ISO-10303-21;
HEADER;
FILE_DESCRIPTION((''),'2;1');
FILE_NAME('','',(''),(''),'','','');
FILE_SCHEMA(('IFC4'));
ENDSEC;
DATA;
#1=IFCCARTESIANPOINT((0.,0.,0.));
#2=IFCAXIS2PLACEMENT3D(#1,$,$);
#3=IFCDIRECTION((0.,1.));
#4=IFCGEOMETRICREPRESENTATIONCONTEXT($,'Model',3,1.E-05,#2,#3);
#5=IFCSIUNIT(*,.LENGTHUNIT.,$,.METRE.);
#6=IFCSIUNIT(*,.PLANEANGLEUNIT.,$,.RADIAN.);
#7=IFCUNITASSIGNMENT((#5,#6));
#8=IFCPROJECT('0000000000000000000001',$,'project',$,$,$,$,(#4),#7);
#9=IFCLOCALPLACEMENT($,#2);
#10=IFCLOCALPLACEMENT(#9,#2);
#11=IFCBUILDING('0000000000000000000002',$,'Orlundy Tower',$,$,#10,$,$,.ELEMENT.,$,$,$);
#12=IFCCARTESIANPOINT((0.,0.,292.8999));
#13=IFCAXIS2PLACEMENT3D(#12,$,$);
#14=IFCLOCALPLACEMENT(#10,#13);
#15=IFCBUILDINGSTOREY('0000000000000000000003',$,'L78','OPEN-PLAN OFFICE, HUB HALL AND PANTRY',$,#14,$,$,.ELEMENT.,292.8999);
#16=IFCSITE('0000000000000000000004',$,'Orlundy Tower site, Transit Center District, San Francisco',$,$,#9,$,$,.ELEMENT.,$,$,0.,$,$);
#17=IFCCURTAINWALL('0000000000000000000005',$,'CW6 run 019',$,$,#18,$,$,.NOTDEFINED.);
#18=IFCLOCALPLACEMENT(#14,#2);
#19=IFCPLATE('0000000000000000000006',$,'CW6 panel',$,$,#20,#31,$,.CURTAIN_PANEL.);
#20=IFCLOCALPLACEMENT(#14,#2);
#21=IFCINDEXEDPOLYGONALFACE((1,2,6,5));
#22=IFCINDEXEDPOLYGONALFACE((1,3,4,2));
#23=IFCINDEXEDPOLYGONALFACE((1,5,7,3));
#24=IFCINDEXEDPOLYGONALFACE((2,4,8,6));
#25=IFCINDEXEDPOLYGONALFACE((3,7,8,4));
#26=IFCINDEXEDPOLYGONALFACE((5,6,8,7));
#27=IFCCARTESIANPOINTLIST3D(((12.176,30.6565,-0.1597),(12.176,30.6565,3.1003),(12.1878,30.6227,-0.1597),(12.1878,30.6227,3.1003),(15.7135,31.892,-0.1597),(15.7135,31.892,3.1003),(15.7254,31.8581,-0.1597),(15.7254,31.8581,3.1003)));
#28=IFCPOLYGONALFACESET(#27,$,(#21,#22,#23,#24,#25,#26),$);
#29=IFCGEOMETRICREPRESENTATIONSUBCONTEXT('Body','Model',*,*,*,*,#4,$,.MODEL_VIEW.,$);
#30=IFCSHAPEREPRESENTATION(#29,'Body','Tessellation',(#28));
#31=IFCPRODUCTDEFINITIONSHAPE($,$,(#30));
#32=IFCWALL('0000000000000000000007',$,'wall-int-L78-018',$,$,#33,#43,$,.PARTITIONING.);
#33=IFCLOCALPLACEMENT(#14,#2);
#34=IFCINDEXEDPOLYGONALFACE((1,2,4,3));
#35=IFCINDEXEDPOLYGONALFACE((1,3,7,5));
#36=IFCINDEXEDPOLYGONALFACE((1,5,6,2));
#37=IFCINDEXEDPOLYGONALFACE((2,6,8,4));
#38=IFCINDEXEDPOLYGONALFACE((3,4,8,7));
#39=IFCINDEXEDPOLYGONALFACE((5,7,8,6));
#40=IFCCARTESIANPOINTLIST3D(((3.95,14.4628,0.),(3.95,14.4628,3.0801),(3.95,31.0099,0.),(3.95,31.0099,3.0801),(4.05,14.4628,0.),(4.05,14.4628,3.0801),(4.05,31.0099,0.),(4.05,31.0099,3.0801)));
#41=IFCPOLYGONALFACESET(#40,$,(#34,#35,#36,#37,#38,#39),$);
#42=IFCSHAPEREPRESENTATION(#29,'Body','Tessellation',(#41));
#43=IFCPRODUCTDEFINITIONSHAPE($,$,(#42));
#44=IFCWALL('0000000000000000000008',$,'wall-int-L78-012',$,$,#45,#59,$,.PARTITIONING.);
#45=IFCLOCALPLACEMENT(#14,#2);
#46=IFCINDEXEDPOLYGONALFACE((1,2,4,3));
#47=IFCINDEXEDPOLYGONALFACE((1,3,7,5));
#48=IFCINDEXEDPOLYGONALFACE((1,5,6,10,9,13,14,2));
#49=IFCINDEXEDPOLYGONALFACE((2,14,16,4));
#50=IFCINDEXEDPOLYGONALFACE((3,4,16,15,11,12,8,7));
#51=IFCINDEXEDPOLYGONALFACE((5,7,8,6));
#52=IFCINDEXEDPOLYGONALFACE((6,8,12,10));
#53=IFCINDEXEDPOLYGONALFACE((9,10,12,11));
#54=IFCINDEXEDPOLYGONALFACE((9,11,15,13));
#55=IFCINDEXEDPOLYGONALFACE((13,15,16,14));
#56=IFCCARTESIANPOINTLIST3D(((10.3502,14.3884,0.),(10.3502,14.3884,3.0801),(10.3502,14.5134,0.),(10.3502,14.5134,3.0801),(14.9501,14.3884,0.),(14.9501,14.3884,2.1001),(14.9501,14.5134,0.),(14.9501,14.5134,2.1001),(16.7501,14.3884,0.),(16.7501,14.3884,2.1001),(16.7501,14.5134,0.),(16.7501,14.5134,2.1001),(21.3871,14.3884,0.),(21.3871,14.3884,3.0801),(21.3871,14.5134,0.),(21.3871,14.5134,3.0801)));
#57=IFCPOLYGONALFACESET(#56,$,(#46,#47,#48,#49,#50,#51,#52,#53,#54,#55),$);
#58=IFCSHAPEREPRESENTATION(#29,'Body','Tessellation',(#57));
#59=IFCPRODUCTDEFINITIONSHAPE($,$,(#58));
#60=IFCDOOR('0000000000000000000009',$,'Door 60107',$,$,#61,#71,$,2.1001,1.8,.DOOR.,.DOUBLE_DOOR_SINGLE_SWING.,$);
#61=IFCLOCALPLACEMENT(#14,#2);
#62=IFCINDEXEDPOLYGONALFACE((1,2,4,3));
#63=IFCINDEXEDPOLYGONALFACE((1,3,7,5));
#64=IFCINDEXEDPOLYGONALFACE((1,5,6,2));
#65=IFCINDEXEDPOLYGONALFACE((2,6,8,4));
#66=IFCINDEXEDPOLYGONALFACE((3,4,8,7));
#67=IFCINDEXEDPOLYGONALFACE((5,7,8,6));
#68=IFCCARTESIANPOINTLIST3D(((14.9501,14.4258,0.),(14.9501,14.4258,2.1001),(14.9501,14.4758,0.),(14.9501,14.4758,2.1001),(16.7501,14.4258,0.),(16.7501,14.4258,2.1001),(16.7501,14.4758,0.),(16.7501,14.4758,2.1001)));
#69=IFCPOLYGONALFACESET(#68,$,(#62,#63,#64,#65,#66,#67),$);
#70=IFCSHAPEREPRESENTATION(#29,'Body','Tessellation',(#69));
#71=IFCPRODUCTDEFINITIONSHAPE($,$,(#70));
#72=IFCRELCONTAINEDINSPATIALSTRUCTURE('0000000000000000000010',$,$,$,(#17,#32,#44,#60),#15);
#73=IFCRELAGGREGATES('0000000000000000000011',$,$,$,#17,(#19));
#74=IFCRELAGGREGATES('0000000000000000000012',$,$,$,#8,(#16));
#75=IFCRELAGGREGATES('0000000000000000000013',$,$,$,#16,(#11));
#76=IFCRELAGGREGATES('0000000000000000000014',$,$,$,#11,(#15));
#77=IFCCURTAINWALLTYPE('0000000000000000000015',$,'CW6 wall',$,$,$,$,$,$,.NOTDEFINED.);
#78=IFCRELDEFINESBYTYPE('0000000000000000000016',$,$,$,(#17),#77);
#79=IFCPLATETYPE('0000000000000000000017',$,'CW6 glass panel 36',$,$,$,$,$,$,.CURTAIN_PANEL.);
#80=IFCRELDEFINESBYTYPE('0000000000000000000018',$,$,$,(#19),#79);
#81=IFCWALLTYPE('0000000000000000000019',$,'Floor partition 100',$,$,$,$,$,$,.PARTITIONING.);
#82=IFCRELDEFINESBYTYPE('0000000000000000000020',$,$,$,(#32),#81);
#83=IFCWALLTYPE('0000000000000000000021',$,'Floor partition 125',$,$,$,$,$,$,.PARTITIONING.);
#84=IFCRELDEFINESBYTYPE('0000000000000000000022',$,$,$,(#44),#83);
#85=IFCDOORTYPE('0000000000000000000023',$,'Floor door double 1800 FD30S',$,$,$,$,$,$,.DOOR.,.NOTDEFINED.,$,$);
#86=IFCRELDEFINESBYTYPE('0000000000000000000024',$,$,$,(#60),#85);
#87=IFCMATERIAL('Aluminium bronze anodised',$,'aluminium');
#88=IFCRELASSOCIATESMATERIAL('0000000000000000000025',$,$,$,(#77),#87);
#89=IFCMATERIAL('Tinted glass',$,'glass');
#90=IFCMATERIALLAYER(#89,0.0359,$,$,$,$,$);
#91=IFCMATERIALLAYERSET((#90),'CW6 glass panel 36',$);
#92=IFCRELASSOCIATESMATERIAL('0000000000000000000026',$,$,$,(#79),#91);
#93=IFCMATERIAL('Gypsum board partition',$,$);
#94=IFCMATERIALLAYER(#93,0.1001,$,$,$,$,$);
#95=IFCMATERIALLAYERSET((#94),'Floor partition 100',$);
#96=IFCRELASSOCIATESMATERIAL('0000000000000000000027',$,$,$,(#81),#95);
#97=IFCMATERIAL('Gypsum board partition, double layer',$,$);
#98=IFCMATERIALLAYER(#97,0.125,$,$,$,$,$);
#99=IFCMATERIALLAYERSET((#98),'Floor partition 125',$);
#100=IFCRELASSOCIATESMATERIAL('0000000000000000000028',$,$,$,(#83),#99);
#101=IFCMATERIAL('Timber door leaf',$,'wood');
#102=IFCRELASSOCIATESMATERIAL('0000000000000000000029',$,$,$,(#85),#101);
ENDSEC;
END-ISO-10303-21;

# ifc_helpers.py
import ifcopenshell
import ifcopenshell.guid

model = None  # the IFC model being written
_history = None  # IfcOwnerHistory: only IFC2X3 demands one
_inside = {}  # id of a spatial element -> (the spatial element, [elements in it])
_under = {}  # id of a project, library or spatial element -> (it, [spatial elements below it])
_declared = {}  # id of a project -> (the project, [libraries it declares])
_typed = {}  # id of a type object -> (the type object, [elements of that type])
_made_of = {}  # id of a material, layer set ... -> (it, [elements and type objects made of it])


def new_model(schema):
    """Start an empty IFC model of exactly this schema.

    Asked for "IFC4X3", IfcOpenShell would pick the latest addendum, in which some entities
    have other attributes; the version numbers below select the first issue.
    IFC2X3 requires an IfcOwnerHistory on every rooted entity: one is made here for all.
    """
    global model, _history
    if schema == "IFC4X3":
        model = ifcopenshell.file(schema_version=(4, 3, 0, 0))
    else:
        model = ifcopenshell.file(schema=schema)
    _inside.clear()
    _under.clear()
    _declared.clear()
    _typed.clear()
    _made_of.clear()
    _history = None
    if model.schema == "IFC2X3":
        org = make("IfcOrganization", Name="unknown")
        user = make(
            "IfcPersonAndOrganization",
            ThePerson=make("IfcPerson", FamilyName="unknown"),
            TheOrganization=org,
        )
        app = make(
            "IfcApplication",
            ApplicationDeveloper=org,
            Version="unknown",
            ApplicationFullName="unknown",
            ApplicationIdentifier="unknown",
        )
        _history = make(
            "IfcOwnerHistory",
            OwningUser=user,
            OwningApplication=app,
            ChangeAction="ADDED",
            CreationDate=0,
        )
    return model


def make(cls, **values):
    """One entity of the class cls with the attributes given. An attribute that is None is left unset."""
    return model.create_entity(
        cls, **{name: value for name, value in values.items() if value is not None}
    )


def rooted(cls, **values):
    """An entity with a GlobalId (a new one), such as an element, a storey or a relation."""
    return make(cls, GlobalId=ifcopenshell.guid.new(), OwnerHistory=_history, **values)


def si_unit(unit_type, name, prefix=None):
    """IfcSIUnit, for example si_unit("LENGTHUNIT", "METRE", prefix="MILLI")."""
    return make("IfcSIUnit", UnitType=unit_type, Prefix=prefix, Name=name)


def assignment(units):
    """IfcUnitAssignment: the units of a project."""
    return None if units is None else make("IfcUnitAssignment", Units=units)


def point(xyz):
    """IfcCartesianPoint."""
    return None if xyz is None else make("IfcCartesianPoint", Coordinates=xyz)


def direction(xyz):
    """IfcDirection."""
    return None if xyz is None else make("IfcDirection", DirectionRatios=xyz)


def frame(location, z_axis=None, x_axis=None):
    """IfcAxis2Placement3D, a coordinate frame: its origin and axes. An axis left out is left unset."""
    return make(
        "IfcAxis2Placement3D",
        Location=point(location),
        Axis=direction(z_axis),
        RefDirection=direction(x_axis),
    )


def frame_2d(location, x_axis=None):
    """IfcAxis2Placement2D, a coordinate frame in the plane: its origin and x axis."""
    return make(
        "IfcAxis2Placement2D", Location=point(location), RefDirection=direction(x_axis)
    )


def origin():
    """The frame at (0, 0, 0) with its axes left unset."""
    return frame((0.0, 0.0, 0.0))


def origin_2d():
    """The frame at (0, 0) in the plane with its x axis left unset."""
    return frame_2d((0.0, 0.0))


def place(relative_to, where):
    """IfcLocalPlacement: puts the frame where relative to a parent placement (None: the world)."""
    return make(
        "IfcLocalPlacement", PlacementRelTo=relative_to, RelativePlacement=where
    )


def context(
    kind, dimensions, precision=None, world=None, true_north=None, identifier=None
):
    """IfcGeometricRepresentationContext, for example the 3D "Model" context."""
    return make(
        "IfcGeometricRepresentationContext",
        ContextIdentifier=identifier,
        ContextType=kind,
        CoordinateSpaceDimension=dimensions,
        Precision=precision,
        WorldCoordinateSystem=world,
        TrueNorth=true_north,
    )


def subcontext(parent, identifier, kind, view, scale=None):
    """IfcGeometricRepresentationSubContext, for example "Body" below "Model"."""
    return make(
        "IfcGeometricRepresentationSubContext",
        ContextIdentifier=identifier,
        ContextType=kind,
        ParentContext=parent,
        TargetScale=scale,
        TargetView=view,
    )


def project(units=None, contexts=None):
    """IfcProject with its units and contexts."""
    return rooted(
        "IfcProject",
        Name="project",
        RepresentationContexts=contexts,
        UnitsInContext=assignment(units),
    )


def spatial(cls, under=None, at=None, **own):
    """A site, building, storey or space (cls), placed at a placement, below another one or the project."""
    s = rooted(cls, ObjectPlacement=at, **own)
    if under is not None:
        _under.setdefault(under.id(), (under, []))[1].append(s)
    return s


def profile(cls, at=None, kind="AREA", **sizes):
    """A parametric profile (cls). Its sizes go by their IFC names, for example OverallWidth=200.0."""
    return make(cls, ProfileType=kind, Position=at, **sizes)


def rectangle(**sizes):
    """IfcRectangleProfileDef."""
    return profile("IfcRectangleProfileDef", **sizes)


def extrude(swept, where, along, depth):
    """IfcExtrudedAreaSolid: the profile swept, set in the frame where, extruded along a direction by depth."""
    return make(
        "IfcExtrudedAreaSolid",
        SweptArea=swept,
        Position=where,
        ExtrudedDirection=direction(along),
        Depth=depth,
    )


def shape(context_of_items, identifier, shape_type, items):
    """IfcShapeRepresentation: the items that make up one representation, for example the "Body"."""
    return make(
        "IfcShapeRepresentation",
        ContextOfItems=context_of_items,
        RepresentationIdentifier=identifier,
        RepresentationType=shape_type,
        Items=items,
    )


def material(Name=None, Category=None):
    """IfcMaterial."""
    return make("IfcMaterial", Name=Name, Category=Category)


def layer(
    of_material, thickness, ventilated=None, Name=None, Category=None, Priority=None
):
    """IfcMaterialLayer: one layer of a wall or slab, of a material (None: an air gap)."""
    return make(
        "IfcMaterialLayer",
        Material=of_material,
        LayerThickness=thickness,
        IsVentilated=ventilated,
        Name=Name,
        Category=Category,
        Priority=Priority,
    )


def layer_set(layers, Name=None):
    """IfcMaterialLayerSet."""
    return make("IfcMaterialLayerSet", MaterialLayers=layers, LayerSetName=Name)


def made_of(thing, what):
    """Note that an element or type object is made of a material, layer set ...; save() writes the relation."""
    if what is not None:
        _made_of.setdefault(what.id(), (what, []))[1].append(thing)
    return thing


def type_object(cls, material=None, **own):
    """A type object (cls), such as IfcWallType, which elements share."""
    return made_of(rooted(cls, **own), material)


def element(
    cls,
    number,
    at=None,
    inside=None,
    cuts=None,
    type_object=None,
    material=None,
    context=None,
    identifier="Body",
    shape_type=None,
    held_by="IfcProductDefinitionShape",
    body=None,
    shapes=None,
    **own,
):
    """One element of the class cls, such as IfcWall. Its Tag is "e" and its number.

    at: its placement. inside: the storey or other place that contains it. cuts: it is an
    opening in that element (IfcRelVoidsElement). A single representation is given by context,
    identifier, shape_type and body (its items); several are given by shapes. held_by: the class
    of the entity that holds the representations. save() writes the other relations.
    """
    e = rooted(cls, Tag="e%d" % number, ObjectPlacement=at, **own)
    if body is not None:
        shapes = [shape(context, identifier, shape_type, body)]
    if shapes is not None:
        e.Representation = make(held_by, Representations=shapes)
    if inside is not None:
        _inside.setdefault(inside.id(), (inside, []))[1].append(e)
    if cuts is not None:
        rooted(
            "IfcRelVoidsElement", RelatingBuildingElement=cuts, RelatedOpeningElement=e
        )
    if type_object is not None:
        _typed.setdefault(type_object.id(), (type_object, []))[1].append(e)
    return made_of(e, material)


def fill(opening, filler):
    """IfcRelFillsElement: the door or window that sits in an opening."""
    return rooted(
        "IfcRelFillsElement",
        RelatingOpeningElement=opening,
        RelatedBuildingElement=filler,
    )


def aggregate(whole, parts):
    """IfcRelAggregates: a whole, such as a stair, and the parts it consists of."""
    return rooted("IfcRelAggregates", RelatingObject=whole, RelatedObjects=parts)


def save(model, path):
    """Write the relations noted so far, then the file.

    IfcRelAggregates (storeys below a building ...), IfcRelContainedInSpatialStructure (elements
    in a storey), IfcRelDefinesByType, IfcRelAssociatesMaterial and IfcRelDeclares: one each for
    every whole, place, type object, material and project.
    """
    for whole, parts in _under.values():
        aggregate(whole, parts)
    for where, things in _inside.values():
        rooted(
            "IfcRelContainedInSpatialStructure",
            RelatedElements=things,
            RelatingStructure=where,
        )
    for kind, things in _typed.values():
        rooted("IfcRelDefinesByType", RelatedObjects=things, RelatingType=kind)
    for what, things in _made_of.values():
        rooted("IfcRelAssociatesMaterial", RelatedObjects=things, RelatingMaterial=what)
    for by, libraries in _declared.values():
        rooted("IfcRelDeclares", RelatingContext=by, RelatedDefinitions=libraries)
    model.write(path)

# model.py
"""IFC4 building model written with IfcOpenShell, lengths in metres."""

from ifc_helpers import new_model, si_unit, direction, frame, frame_2d, origin, origin_2d, place, context, subcontext, project, spatial, rectangle, extrude, material, layer, layer_set, type_object, element, fill, aggregate, save


model = new_model("IFC4")

# Units and contexts
model_context = context("Model", 3, precision=1e-05, world=origin(), true_north=direction((0.0, 1.0)))
body_context = subcontext(model_context, "Body", "Model", "MODEL_VIEW")
ifc_project = project(units=[si_unit("LENGTHUNIT", "METRE"), si_unit("PLANEANGLEUNIT", "RADIAN")], contexts=[model_context])

# Site, building, storey
site_placement = place(None, origin())
site = spatial("IfcSite", under=ifc_project, at=site_placement, Name="Orlundy Tower site, Transit Center District, San Francisco", CompositionType="ELEMENT", RefElevation=0.0)
building_placement = place(site_placement, origin())
building = spatial("IfcBuilding", under=site, at=building_placement, Name="Orlundy Tower", CompositionType="ELEMENT")
storey_placement = place(building_placement, frame((0.0, 0.0, 292.8999)))
storey = spatial("IfcBuildingStorey", under=building, at=storey_placement, Name="L78", Description="OPEN-PLAN OFFICE, HUB HALL AND PANTRY", CompositionType="ELEMENT", Elevation=292.8999)

# Curtain wall
ifc_material_1 = material(Name="Aluminium bronze anodised", Category="aluminium")
curtain_wall_type = type_object("IfcCurtainWallType", Name="CW6 wall", PredefinedType="NOTDEFINED", material=ifc_material_1)
curtain_wall_1_placement = place(storey_placement, origin())
curtain_wall_1 = element("IfcCurtainWall", 1, at=curtain_wall_1_placement, inside=storey, type_object=curtain_wall_type, Name="CW6 run 019", PredefinedType="NOTDEFINED")

# Plate
ifc_material_2 = material(Name="Tinted glass", Category="glass")
ifc_layer_1 = layer(ifc_material_2, 0.0359)
ifc_layer_set_1 = layer_set([ifc_layer_1], Name="CW6 glass panel 36")
plate_type = type_object("IfcPlateType", Name="CW6 glass panel 36", PredefinedType="CURTAIN_PANEL", material=ifc_layer_set_1)
plate_1_placement = place(storey_placement, frame((13.9507, 31.2573, -0.1597), z_axis=(0.0, 0.0, 1.0), x_axis=(0.944081, 0.329713, 0.0)))
plate_1 = element("IfcPlate", 2, at=plate_1_placement, type_object=plate_type, Name="CW6 panel", PredefinedType="CURTAIN_PANEL", context=body_context, shape_type="SweptSolid", body=[
    extrude(rectangle(XDim=3.7471, YDim=0.0359, at=origin_2d()), origin(), (0.0, 0.0, 1.0), 3.26),
])
aggregate(curtain_wall_1, [plate_1])

# Wall
ifc_material_3 = material(Name="Gypsum board partition")
ifc_layer_2 = layer(ifc_material_3, 0.1001)
ifc_layer_set_2 = layer_set([ifc_layer_2], Name="Floor partition 100")
wall_type_1 = type_object("IfcWallType", Name="Floor partition 100", PredefinedType="PARTITIONING", material=ifc_layer_set_2)
wall_1_placement = place(storey_placement, frame((4.0, 14.4629, 0.0), z_axis=(0.0, 0.0, 1.0), x_axis=(0.0, 1.0, 0.0)))
element("IfcWall", 3, at=wall_1_placement, inside=storey, type_object=wall_type_1, Name="wall-int-L78-018", PredefinedType="PARTITIONING", context=body_context, shape_type="SweptSolid", body=[
    extrude(rectangle(XDim=16.5471, YDim=0.1001, at=frame_2d((8.2734, 0.0))), origin(), (0.0, 0.0, 1.0), 3.0801),
])

# Wall, opening, door
ifc_material_4 = material(Name="Gypsum board partition, double layer")
ifc_layer_3 = layer(ifc_material_4, 0.125)
ifc_layer_set_3 = layer_set([ifc_layer_3], Name="Floor partition 125")
wall_type_2 = type_object("IfcWallType", Name="Floor partition 125", PredefinedType="PARTITIONING", material=ifc_layer_set_3)
wall_2_placement = place(storey_placement, frame((10.3501, 14.4509, 0.0), z_axis=(0.0, 0.0, 1.0), x_axis=(1.0, 0.0, 0.0)))
wall_2 = element("IfcWall", 4, at=wall_2_placement, inside=storey, type_object=wall_type_2, Name="wall-int-L78-012", PredefinedType="PARTITIONING", context=body_context, shape_type="SweptSolid", body=[
    extrude(rectangle(XDim=11.0369, YDim=0.125, at=frame_2d((5.5186, 0.0))), origin(), (0.0, 0.0, 1.0), 3.0801),
])
opening_placement = place(wall_2_placement, frame((4.6001, 0.0, 0.0)))
opening = element("IfcOpeningElement", 5, at=opening_placement, cuts=wall_2, PredefinedType="OPENING", context=body_context, shape_type="SweptSolid", body=[
    extrude(rectangle(XDim=1.8, YDim=2.1001, at=frame_2d((0.8999, 1.05))), frame((0.0, 0.0725, 0.0), z_axis=(0.0, -1.0, 0.0), x_axis=(1.0, 0.0, 0.0)), (0.0, 0.0, 1.0), 0.145),
])
ifc_material_5 = material(Name="Timber door leaf", Category="wood")
door_type = type_object("IfcDoorType", Name="Floor door double 1800 FD30S", OperationType="NOTDEFINED", PredefinedType="DOOR", material=ifc_material_5)
door_placement = place(opening_placement, origin())
door = element("IfcDoor", 6, at=door_placement, inside=storey, type_object=door_type, Name="Door 60107", OperationType="DOUBLE_DOOR_SINGLE_SWING", OverallHeight=2.1001, OverallWidth=1.8, PredefinedType="DOOR", context=body_context, shape_type="SweptSolid", body=[
    extrude(rectangle(XDim=1.8, YDim=2.1001, at=frame_2d((0.8999, 1.05))), frame((0.0, 0.0249, 0.0), z_axis=(0.0, -1.0, 0.0), x_axis=(1.0, 0.0, 0.0)), (0.0, 0.0, 1.0), 0.05),
])
fill(opening, door)

save(model, "model.ifc")
